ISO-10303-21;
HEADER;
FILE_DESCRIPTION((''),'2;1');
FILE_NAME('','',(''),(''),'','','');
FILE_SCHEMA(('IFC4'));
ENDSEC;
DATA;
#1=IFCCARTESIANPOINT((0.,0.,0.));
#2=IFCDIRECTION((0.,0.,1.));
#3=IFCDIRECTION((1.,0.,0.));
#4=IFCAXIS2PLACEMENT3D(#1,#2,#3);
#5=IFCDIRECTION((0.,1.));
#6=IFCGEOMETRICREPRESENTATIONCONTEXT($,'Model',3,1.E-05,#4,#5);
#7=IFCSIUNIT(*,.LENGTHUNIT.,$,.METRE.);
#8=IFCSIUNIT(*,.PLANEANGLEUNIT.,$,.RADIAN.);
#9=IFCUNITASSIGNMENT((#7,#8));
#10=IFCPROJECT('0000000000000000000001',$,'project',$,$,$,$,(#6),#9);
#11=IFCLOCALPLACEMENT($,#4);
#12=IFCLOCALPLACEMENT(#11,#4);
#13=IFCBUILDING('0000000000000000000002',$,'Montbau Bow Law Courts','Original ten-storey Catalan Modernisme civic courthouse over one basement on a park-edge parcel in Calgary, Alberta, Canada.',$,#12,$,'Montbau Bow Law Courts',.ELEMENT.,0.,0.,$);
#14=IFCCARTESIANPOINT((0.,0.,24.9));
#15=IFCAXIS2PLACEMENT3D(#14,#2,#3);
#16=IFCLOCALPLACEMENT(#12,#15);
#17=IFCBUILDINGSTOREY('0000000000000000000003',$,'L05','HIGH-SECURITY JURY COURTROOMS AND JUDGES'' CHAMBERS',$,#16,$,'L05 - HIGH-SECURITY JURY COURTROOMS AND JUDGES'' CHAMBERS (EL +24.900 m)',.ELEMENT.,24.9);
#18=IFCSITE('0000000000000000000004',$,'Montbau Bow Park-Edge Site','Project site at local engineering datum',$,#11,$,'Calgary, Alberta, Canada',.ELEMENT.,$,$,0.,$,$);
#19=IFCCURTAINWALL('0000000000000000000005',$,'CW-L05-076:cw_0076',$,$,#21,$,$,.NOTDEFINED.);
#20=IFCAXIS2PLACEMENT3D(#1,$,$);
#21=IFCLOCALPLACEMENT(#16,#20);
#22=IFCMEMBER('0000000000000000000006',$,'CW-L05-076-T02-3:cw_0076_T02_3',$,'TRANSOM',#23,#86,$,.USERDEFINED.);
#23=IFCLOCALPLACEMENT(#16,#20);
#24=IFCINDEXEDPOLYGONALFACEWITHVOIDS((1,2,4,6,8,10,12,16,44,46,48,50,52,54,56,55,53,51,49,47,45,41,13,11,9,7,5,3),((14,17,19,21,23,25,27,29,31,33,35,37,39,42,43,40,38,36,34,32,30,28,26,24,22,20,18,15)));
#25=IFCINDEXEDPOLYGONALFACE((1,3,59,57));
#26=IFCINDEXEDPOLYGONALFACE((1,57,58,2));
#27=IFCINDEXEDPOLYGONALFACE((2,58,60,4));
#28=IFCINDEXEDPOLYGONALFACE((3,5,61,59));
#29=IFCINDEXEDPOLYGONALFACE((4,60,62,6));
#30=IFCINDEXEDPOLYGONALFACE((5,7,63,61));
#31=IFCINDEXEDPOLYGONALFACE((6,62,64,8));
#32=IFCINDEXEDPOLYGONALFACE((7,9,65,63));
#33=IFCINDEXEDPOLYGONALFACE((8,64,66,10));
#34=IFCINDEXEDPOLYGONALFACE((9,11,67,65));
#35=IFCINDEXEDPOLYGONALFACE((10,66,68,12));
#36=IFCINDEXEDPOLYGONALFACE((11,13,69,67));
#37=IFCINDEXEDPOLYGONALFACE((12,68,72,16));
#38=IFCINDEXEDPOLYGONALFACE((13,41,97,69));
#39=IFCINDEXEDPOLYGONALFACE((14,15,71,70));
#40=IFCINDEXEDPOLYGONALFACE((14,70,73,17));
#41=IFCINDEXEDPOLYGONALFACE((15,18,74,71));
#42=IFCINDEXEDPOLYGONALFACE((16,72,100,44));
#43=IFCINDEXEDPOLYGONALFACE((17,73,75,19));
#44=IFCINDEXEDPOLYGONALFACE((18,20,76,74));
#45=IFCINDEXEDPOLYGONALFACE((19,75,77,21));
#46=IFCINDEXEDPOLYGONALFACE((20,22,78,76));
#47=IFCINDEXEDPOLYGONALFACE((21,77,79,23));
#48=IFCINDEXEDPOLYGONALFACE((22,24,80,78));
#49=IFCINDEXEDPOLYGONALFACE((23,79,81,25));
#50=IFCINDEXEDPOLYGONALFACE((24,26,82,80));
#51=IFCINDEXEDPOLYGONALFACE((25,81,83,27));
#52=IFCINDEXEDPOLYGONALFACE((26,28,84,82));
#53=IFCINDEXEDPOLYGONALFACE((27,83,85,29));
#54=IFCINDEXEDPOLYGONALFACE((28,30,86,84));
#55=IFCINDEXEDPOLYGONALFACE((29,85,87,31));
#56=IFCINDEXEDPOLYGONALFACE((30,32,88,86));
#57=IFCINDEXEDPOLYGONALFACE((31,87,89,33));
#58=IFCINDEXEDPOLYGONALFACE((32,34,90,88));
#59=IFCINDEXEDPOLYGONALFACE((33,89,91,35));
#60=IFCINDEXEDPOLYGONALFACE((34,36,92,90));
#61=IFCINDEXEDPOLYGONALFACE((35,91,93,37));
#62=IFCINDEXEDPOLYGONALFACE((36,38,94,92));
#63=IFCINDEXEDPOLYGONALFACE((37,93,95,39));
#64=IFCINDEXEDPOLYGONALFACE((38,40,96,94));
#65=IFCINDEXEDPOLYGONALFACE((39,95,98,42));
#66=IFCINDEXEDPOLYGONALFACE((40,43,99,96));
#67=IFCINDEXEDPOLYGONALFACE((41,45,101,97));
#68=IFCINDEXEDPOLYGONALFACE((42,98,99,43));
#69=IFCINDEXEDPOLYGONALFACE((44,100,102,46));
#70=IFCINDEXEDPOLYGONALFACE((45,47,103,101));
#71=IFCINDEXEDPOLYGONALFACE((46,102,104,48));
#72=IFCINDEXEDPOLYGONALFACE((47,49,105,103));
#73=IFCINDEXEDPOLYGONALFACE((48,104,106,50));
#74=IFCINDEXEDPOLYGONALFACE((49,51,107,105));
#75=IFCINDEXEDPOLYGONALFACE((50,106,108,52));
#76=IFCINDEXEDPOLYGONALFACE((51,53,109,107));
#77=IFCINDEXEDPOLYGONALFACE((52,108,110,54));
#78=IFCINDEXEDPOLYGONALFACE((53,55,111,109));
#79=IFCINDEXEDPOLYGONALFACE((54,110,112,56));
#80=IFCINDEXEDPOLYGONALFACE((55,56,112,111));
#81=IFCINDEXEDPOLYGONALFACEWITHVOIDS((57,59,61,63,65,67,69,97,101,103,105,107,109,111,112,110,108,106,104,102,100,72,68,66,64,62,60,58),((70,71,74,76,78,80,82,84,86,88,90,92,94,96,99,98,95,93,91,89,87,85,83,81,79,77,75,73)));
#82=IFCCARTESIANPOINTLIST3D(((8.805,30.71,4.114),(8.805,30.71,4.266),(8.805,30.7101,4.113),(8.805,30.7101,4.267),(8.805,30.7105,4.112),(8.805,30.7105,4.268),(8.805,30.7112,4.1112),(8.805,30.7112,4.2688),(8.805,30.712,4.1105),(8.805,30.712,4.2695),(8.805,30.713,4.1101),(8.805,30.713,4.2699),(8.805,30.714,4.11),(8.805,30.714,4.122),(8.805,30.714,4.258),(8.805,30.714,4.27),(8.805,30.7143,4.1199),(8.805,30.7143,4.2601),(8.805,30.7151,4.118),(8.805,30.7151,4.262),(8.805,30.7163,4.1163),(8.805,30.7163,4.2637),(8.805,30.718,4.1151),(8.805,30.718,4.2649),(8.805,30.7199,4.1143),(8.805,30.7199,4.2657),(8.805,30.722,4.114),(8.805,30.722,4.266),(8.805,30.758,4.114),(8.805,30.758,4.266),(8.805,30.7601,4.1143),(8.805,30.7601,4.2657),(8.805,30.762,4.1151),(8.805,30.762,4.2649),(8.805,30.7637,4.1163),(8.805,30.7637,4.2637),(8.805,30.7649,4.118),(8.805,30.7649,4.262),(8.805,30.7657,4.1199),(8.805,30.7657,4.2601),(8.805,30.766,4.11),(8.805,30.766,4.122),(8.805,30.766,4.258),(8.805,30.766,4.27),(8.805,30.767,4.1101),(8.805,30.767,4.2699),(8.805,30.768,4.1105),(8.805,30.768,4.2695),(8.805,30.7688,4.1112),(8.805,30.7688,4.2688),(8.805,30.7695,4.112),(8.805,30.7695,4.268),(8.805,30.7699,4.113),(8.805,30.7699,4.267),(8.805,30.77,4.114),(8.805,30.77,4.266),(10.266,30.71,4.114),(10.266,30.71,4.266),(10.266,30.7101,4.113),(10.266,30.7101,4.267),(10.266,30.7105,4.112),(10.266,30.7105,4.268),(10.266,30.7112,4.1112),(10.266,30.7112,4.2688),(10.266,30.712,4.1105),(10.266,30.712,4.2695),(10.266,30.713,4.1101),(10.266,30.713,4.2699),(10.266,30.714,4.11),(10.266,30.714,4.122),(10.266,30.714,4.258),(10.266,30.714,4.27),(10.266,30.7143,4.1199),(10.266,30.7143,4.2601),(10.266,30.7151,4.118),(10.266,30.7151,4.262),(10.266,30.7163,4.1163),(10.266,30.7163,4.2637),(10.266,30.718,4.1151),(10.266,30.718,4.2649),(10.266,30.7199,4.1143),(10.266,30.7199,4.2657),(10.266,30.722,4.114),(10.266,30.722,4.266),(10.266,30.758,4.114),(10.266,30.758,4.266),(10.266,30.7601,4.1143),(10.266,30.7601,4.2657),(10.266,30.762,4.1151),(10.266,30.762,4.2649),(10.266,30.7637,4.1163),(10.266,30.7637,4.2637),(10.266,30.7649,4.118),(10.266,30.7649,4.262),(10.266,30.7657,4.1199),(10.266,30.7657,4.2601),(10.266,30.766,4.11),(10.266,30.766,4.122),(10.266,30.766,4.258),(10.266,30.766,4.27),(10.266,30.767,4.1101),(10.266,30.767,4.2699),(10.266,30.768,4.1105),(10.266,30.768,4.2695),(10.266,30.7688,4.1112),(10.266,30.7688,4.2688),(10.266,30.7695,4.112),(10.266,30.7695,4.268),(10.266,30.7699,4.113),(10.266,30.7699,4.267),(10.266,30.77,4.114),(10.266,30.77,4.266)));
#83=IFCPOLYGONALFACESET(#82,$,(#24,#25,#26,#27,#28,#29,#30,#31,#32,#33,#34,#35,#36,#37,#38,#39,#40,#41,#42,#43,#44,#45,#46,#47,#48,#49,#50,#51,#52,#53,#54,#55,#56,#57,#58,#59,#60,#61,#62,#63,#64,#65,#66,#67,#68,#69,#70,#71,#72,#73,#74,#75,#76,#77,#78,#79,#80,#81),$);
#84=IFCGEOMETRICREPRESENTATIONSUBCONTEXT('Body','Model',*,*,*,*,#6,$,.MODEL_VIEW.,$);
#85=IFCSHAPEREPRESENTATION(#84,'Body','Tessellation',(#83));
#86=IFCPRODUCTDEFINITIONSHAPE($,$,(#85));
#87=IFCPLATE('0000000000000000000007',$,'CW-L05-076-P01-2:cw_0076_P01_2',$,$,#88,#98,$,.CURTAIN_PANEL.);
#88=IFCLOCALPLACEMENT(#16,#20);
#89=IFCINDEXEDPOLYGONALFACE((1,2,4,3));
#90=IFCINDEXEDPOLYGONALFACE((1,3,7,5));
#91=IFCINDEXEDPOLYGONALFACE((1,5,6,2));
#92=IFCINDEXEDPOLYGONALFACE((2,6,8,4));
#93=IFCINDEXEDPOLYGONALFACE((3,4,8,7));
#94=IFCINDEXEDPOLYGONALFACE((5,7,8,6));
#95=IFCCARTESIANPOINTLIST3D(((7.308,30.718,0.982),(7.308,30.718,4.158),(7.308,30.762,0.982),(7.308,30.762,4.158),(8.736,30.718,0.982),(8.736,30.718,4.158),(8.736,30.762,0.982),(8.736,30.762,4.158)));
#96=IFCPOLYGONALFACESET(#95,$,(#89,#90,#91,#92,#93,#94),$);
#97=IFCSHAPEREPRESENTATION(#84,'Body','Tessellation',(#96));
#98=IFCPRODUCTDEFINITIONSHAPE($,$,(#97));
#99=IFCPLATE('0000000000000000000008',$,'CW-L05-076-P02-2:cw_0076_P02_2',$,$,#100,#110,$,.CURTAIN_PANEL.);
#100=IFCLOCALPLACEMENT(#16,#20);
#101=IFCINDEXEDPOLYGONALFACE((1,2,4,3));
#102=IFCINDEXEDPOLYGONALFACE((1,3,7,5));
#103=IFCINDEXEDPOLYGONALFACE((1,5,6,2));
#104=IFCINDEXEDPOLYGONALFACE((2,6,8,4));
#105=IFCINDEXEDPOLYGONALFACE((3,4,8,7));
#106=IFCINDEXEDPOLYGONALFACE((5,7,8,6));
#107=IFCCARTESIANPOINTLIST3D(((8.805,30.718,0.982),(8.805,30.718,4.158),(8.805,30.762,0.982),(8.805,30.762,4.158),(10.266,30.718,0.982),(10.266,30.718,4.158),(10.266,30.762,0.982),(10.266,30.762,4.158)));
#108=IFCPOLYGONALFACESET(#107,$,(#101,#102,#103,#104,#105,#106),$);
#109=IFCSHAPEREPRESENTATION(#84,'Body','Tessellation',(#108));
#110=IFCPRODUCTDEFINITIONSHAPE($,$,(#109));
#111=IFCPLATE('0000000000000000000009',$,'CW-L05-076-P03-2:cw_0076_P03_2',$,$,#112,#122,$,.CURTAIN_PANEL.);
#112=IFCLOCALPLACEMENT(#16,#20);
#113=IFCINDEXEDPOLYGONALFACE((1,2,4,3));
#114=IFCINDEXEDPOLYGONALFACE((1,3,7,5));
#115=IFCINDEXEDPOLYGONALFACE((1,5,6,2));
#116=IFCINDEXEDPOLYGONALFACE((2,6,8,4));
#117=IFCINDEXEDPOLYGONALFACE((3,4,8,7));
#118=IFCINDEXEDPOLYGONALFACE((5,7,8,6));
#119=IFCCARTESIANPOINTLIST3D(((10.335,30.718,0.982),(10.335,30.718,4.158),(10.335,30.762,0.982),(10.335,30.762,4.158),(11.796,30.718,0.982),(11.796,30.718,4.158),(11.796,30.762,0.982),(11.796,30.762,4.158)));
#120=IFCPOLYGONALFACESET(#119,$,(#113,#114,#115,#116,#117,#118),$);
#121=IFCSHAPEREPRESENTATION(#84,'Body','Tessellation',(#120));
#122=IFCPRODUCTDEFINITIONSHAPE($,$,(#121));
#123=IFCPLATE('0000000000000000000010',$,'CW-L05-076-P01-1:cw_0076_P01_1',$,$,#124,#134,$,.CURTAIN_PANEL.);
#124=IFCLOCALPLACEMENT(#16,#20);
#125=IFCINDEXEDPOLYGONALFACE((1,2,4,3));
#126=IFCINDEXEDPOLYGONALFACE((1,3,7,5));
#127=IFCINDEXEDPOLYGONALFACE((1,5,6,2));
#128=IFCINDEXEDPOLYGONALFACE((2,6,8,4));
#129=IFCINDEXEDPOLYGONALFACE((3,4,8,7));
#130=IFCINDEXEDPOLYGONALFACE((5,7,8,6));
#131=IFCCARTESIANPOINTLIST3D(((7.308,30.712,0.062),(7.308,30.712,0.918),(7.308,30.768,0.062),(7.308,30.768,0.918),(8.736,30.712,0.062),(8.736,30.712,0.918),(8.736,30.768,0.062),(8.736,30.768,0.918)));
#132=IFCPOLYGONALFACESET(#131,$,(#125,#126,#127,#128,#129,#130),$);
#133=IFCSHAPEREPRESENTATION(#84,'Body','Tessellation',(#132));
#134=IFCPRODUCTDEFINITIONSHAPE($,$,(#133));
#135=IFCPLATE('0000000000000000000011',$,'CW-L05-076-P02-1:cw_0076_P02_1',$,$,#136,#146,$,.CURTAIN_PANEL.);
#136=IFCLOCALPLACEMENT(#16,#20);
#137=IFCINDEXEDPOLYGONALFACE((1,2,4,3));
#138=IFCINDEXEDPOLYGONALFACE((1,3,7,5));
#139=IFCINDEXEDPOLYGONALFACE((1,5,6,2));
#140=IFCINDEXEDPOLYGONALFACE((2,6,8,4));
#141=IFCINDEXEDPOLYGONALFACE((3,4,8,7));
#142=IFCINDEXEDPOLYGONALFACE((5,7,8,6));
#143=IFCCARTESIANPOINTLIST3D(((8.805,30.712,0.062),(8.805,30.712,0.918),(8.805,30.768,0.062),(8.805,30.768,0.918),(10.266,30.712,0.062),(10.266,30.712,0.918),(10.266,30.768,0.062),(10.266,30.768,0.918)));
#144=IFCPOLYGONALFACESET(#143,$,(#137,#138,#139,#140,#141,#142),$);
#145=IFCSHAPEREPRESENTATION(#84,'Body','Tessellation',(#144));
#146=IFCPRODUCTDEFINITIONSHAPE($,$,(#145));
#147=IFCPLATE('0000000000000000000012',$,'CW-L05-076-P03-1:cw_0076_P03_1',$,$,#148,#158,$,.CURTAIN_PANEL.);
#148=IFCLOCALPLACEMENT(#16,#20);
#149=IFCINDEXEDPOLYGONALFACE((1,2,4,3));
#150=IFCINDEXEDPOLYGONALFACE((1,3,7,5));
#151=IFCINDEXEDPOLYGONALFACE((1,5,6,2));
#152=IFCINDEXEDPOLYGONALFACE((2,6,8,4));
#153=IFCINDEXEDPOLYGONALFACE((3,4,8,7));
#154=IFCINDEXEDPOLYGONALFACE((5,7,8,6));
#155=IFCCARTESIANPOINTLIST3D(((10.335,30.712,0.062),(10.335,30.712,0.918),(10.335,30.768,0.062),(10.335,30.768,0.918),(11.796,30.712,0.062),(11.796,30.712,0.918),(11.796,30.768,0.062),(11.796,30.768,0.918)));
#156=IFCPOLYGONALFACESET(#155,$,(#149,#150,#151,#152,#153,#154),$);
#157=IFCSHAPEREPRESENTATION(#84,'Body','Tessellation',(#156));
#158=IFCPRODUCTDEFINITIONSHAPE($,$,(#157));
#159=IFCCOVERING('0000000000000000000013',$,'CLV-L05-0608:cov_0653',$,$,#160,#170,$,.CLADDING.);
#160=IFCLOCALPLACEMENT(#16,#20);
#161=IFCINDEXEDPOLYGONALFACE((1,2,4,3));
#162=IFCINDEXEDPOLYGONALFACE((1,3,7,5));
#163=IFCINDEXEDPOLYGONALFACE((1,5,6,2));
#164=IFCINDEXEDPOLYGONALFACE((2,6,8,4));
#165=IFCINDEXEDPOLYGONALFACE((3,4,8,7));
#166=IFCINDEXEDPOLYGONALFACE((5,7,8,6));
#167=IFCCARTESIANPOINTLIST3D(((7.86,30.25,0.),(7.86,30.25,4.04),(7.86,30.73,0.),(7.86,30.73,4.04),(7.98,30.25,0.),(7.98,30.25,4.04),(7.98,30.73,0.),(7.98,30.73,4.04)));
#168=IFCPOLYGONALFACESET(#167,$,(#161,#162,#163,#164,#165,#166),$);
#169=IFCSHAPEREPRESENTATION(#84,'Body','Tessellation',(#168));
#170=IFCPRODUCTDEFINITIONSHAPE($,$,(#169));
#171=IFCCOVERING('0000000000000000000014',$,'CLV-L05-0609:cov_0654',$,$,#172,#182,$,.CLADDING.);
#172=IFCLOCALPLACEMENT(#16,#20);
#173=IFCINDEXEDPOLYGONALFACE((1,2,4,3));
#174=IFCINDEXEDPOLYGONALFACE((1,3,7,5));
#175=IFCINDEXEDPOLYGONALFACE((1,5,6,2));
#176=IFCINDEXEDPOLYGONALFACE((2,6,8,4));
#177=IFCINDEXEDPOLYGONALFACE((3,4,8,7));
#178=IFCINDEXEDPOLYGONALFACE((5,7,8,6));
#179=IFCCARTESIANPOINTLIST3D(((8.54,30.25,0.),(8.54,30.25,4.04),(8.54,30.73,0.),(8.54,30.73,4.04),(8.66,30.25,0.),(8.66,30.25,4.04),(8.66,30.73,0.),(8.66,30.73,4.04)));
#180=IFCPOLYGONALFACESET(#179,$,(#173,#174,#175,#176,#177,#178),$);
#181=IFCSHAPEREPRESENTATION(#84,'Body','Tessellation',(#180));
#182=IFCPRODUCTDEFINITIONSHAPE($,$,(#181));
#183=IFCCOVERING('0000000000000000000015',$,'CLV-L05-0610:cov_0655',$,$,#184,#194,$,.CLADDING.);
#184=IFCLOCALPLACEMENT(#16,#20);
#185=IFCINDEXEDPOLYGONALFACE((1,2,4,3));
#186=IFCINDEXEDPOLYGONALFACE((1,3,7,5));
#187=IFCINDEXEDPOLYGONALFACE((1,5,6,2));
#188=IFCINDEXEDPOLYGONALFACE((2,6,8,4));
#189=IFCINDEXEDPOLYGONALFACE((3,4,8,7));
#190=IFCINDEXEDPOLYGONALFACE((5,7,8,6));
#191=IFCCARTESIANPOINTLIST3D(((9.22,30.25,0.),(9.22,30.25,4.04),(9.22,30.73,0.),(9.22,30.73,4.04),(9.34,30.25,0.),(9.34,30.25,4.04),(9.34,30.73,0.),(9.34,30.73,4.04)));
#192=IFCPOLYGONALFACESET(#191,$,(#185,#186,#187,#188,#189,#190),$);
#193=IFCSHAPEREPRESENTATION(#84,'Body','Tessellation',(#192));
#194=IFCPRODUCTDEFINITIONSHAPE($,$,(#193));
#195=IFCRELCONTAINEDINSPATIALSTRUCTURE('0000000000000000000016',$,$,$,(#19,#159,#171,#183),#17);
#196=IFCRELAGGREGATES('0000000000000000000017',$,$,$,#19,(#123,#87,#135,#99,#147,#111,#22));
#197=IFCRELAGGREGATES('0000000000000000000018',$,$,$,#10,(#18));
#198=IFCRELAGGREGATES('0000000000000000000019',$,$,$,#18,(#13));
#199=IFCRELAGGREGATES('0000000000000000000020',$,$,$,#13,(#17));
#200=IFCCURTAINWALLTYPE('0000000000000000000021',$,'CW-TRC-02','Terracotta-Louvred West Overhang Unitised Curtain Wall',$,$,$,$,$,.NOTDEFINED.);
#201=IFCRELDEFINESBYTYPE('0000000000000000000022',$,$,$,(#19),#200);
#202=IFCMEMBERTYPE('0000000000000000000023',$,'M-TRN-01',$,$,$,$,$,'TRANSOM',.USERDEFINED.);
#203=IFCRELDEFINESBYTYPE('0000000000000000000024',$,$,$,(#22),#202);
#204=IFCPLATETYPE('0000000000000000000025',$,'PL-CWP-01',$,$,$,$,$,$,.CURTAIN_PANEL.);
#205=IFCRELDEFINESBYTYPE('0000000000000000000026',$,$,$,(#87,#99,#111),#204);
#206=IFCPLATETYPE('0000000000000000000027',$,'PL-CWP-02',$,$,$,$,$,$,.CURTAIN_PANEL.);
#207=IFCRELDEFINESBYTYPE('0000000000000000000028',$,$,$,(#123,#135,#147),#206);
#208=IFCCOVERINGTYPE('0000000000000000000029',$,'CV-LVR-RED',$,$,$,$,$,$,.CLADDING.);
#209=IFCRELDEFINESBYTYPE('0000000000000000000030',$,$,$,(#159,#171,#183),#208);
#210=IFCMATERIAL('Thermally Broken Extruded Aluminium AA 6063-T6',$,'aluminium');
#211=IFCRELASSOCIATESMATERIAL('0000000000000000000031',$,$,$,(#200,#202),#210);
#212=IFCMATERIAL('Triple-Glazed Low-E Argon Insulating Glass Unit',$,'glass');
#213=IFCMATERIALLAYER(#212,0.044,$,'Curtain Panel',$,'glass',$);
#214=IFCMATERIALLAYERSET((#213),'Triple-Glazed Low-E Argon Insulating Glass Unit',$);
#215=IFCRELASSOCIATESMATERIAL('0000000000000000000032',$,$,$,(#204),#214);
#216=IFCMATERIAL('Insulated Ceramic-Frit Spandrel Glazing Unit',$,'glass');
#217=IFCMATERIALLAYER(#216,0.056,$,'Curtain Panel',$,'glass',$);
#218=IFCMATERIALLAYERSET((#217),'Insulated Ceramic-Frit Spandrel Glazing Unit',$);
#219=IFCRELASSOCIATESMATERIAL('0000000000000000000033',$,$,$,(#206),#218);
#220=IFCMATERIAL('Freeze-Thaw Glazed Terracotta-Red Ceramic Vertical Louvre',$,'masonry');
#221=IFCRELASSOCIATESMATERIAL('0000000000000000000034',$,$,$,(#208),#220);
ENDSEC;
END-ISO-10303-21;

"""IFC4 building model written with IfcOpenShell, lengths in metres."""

from ifc_helpers import new_model, si_unit, direction, frame, frame_2d, origin_with_axes, origin_2d_with_axis, place, context, subcontext, project, spatial, rectangle, hollow_rectangle, extrude, material, layer, layer_set, material_profile, profile_set, type_object, element, aggregate, save


model = new_model("IFC4")

# Units and contexts
model_context = context("Model", 3, precision=1e-05, world=origin_with_axes(), true_north=direction((0.0, 1.0)))
body_context = subcontext(model_context, "Body", "Model", "MODEL_VIEW")
ifc_project = project(units=[si_unit("LENGTHUNIT", "METRE"), si_unit("PLANEANGLEUNIT", "RADIAN")], contexts=[model_context])

# Site, building, storey
site_placement = place(None, origin_with_axes())
site = spatial("IfcSite", under=ifc_project, at=site_placement, Name="Montbau Bow Park-Edge Site", Description="Project site at local engineering datum", LongName="Calgary, Alberta, Canada", CompositionType="ELEMENT", RefElevation=0.0)
building_placement = place(site_placement, origin_with_axes())
building = spatial("IfcBuilding", under=site, at=building_placement, Name="Montbau Bow Law Courts", Description="Original ten-storey Catalan Modernisme civic courthouse over one basement on a park-edge parcel in Calgary, Alberta, Canada.", LongName="Montbau Bow Law Courts", CompositionType="ELEMENT", ElevationOfRefHeight=0.0, ElevationOfTerrain=0.0)
storey_placement = place(building_placement, frame((0.0, 0.0, 24.9), z_axis=(0.0, 0.0, 1.0), x_axis=(1.0, 0.0, 0.0)))
storey = spatial("IfcBuildingStorey", under=building, at=storey_placement, Name="L05", Description="HIGH-SECURITY JURY COURTROOMS AND JUDGES' CHAMBERS", LongName="L05 - HIGH-SECURITY JURY COURTROOMS AND JUDGES' CHAMBERS (EL +24.900 m)", CompositionType="ELEMENT", Elevation=24.9)

# Curtain wall, member, plates
ifc_material_1 = material(Name="Thermally Broken Extruded Aluminium AA 6063-T6", Category="aluminium")
curtain_wall_type = type_object("IfcCurtainWallType", Name="CW-TRC-02", Description="Terracotta-Louvred West Overhang Unitised Curtain Wall", PredefinedType="NOTDEFINED", material=ifc_material_1)
curtain_wall_placement = place(None, frame((7.24, 30.74, 24.9), z_axis=(0.0, 0.0, 1.0), x_axis=(1.0, 0.0, 0.0)))
curtain_wall = element("IfcCurtainWall", 1, at=curtain_wall_placement, inside=storey, type_object=curtain_wall_type, Name="CW-L05-076:cw_0076", PredefinedType="NOTDEFINED")
ifc_material_profile_1 = material_profile(ifc_material_1, hollow_rectangle(XDim=0.06, YDim=0.16, WallThickness=0.004, InnerFilletRadius=0.008, OuterFilletRadius=0.004, at=origin_2d_with_axis()), Name="CWT-160X60", Category="Main", Priority=0)
ifc_profile_set_1 = profile_set([ifc_material_profile_1], Name="Thermally Broken Extruded Aluminium AA 6063-T6")
member_type_1 = type_object("IfcMemberType", Name="M-TRN-01", ElementType="TRANSOM", PredefinedType="USERDEFINED", material=ifc_profile_set_1)
member_1_placement = place(None, frame((8.805, 30.74, 29.09), z_axis=(1.0, 0.0, 0.0), x_axis=(0.0, 1.0, 0.0)))
member_1 = element("IfcMember", 2, at=member_1_placement, type_object=member_type_1, Name="CW-L05-076-T02-3:cw_0076_T02_3", ObjectType="TRANSOM", PredefinedType="USERDEFINED", context=body_context, shape_type="SweptSolid", body=[
    extrude(hollow_rectangle(XDim=0.06, YDim=0.16, WallThickness=0.004, InnerFilletRadius=0.008, OuterFilletRadius=0.004, at=origin_2d_with_axis()), origin_with_axes(), (0.0, 0.0, 1.0), 1.461),
])
ifc_material_2 = material(Name="Triple-Glazed Low-E Argon Insulating Glass Unit", Category="glass")
ifc_layer_1 = layer(ifc_material_2, 0.044, Name="Curtain Panel", Category="glass")
ifc_layer_set_1 = layer_set([ifc_layer_1], Name="Triple-Glazed Low-E Argon Insulating Glass Unit")
plate_type_1 = type_object("IfcPlateType", Name="PL-CWP-01", PredefinedType="CURTAIN_PANEL", material=ifc_layer_set_1)
plate_1_placement = place(None, frame((7.308, 30.74, 25.882), z_axis=(0.0, -1.0, 0.0), x_axis=(1.0, 0.0, 0.0)))
plate_1 = element("IfcPlate", 3, at=plate_1_placement, type_object=plate_type_1, Name="CW-L05-076-P01-2:cw_0076_P01_2", PredefinedType="CURTAIN_PANEL", context=body_context, shape_type="SweptSolid", body=[
    extrude(rectangle(XDim=1.428, YDim=3.176, at=frame_2d((0.714, 1.588), x_axis=(1.0, 0.0))), frame((0.0, 0.0, -0.022), z_axis=(0.0, 0.0, 1.0), x_axis=(1.0, 0.0, 0.0)), (0.0, 0.0, 1.0), 0.044),
])
plate_2_placement = place(None, frame((8.805, 30.74, 25.882), z_axis=(0.0, -1.0, 0.0), x_axis=(1.0, 0.0, 0.0)))
plate_2 = element("IfcPlate", 4, at=plate_2_placement, type_object=plate_type_1, Name="CW-L05-076-P02-2:cw_0076_P02_2", PredefinedType="CURTAIN_PANEL", context=body_context, shape_type="SweptSolid", body=[
    extrude(rectangle(XDim=1.461, YDim=3.176, at=frame_2d((0.7305, 1.588), x_axis=(1.0, 0.0))), frame((0.0, 0.0, -0.022), z_axis=(0.0, 0.0, 1.0), x_axis=(1.0, 0.0, 0.0)), (0.0, 0.0, 1.0), 0.044),
])
plate_3_placement = place(None, frame((10.335, 30.74, 25.882), z_axis=(0.0, -1.0, 0.0), x_axis=(1.0, 0.0, 0.0)))
plate_3 = element("IfcPlate", 5, at=plate_3_placement, type_object=plate_type_1, Name="CW-L05-076-P03-2:cw_0076_P03_2", PredefinedType="CURTAIN_PANEL", context=body_context, shape_type="SweptSolid", body=[
    extrude(rectangle(XDim=1.461, YDim=3.176, at=frame_2d((0.7305, 1.588), x_axis=(1.0, 0.0))), frame((0.0, 0.0, -0.022), z_axis=(0.0, 0.0, 1.0), x_axis=(1.0, 0.0, 0.0)), (0.0, 0.0, 1.0), 0.044),
])
ifc_material_3 = material(Name="Insulated Ceramic-Frit Spandrel Glazing Unit", Category="glass")
ifc_layer_2 = layer(ifc_material_3, 0.056, Name="Curtain Panel", Category="glass")
ifc_layer_set_2 = layer_set([ifc_layer_2], Name="Insulated Ceramic-Frit Spandrel Glazing Unit")
plate_type_2 = type_object("IfcPlateType", Name="PL-CWP-02", PredefinedType="CURTAIN_PANEL", material=ifc_layer_set_2)
plate_4_placement = place(None, frame((7.308, 30.74, 24.962), z_axis=(0.0, -1.0, 0.0), x_axis=(1.0, 0.0, 0.0)))
plate_4 = element("IfcPlate", 6, at=plate_4_placement, type_object=plate_type_2, Name="CW-L05-076-P01-1:cw_0076_P01_1", PredefinedType="CURTAIN_PANEL", context=body_context, shape_type="SweptSolid", body=[
    extrude(rectangle(XDim=1.428, YDim=0.856, at=frame_2d((0.714, 0.428), x_axis=(1.0, 0.0))), frame((0.0, 0.0, -0.028), z_axis=(0.0, 0.0, 1.0), x_axis=(1.0, 0.0, 0.0)), (0.0, 0.0, 1.0), 0.056),
])
plate_5_placement = place(None, frame((8.805, 30.74, 24.962), z_axis=(0.0, -1.0, 0.0), x_axis=(1.0, 0.0, 0.0)))
plate_5 = element("IfcPlate", 7, at=plate_5_placement, type_object=plate_type_2, Name="CW-L05-076-P02-1:cw_0076_P02_1", PredefinedType="CURTAIN_PANEL", context=body_context, shape_type="SweptSolid", body=[
    extrude(rectangle(XDim=1.461, YDim=0.856, at=frame_2d((0.7305, 0.428), x_axis=(1.0, 0.0))), frame((0.0, 0.0, -0.028), z_axis=(0.0, 0.0, 1.0), x_axis=(1.0, 0.0, 0.0)), (0.0, 0.0, 1.0), 0.056),
])
plate_6_placement = place(None, frame((10.335, 30.74, 24.962), z_axis=(0.0, -1.0, 0.0), x_axis=(1.0, 0.0, 0.0)))
plate_6 = element("IfcPlate", 8, at=plate_6_placement, type_object=plate_type_2, Name="CW-L05-076-P03-1:cw_0076_P03_1", PredefinedType="CURTAIN_PANEL", context=body_context, shape_type="SweptSolid", body=[
    extrude(rectangle(XDim=1.461, YDim=0.856, at=frame_2d((0.7305, 0.428), x_axis=(1.0, 0.0))), frame((0.0, 0.0, -0.028), z_axis=(0.0, 0.0, 1.0), x_axis=(1.0, 0.0, 0.0)), (0.0, 0.0, 1.0), 0.056),
])
aggregate(curtain_wall, [plate_4, plate_1, plate_5, plate_2, plate_6, plate_3, member_1])

# Coverings
ifc_material_4 = material(Name="Freeze-Thaw Glazed Terracotta-Red Ceramic Vertical Louvre", Category="masonry")
covering_type = type_object("IfcCoveringType", Name="CV-LVR-RED", PredefinedType="CLADDING", material=ifc_material_4)
for number, where, z_axis, x_axis, name in (
    (9, (7.92, 30.73, 24.9), (-1.0, 0.0, 0.0), (0.0, -1.0, 0.0), "CLV-L05-0608:cov_0653"),
    (10, (8.6, 30.73, 24.9), (-1.0, 0.0, 0.0), (0.0, -1.0, 0.0), "CLV-L05-0609:cov_0654"),
    (11, (9.28, 30.73, 24.9), (-1.0, 0.0, 0.0), (0.0, -1.0, 0.0), "CLV-L05-0610:cov_0655"),
):
    element("IfcCovering", number, at=place(None, frame(where, z_axis=z_axis, x_axis=x_axis)), inside=storey, type_object=covering_type, Name=name, PredefinedType="CLADDING", context=body_context, shape_type="SweptSolid", body=[
        extrude(rectangle(XDim=0.48, YDim=4.04, at=frame_2d((0.24, 2.02), x_axis=(1.0, 0.0))), frame((0.0, 0.0, -0.06), z_axis=(0.0, 0.0, 1.0), x_axis=(1.0, 0.0, 0.0)), (0.0, 0.0, 1.0), 0.12),
    ])

save(model, "model.ifc")
